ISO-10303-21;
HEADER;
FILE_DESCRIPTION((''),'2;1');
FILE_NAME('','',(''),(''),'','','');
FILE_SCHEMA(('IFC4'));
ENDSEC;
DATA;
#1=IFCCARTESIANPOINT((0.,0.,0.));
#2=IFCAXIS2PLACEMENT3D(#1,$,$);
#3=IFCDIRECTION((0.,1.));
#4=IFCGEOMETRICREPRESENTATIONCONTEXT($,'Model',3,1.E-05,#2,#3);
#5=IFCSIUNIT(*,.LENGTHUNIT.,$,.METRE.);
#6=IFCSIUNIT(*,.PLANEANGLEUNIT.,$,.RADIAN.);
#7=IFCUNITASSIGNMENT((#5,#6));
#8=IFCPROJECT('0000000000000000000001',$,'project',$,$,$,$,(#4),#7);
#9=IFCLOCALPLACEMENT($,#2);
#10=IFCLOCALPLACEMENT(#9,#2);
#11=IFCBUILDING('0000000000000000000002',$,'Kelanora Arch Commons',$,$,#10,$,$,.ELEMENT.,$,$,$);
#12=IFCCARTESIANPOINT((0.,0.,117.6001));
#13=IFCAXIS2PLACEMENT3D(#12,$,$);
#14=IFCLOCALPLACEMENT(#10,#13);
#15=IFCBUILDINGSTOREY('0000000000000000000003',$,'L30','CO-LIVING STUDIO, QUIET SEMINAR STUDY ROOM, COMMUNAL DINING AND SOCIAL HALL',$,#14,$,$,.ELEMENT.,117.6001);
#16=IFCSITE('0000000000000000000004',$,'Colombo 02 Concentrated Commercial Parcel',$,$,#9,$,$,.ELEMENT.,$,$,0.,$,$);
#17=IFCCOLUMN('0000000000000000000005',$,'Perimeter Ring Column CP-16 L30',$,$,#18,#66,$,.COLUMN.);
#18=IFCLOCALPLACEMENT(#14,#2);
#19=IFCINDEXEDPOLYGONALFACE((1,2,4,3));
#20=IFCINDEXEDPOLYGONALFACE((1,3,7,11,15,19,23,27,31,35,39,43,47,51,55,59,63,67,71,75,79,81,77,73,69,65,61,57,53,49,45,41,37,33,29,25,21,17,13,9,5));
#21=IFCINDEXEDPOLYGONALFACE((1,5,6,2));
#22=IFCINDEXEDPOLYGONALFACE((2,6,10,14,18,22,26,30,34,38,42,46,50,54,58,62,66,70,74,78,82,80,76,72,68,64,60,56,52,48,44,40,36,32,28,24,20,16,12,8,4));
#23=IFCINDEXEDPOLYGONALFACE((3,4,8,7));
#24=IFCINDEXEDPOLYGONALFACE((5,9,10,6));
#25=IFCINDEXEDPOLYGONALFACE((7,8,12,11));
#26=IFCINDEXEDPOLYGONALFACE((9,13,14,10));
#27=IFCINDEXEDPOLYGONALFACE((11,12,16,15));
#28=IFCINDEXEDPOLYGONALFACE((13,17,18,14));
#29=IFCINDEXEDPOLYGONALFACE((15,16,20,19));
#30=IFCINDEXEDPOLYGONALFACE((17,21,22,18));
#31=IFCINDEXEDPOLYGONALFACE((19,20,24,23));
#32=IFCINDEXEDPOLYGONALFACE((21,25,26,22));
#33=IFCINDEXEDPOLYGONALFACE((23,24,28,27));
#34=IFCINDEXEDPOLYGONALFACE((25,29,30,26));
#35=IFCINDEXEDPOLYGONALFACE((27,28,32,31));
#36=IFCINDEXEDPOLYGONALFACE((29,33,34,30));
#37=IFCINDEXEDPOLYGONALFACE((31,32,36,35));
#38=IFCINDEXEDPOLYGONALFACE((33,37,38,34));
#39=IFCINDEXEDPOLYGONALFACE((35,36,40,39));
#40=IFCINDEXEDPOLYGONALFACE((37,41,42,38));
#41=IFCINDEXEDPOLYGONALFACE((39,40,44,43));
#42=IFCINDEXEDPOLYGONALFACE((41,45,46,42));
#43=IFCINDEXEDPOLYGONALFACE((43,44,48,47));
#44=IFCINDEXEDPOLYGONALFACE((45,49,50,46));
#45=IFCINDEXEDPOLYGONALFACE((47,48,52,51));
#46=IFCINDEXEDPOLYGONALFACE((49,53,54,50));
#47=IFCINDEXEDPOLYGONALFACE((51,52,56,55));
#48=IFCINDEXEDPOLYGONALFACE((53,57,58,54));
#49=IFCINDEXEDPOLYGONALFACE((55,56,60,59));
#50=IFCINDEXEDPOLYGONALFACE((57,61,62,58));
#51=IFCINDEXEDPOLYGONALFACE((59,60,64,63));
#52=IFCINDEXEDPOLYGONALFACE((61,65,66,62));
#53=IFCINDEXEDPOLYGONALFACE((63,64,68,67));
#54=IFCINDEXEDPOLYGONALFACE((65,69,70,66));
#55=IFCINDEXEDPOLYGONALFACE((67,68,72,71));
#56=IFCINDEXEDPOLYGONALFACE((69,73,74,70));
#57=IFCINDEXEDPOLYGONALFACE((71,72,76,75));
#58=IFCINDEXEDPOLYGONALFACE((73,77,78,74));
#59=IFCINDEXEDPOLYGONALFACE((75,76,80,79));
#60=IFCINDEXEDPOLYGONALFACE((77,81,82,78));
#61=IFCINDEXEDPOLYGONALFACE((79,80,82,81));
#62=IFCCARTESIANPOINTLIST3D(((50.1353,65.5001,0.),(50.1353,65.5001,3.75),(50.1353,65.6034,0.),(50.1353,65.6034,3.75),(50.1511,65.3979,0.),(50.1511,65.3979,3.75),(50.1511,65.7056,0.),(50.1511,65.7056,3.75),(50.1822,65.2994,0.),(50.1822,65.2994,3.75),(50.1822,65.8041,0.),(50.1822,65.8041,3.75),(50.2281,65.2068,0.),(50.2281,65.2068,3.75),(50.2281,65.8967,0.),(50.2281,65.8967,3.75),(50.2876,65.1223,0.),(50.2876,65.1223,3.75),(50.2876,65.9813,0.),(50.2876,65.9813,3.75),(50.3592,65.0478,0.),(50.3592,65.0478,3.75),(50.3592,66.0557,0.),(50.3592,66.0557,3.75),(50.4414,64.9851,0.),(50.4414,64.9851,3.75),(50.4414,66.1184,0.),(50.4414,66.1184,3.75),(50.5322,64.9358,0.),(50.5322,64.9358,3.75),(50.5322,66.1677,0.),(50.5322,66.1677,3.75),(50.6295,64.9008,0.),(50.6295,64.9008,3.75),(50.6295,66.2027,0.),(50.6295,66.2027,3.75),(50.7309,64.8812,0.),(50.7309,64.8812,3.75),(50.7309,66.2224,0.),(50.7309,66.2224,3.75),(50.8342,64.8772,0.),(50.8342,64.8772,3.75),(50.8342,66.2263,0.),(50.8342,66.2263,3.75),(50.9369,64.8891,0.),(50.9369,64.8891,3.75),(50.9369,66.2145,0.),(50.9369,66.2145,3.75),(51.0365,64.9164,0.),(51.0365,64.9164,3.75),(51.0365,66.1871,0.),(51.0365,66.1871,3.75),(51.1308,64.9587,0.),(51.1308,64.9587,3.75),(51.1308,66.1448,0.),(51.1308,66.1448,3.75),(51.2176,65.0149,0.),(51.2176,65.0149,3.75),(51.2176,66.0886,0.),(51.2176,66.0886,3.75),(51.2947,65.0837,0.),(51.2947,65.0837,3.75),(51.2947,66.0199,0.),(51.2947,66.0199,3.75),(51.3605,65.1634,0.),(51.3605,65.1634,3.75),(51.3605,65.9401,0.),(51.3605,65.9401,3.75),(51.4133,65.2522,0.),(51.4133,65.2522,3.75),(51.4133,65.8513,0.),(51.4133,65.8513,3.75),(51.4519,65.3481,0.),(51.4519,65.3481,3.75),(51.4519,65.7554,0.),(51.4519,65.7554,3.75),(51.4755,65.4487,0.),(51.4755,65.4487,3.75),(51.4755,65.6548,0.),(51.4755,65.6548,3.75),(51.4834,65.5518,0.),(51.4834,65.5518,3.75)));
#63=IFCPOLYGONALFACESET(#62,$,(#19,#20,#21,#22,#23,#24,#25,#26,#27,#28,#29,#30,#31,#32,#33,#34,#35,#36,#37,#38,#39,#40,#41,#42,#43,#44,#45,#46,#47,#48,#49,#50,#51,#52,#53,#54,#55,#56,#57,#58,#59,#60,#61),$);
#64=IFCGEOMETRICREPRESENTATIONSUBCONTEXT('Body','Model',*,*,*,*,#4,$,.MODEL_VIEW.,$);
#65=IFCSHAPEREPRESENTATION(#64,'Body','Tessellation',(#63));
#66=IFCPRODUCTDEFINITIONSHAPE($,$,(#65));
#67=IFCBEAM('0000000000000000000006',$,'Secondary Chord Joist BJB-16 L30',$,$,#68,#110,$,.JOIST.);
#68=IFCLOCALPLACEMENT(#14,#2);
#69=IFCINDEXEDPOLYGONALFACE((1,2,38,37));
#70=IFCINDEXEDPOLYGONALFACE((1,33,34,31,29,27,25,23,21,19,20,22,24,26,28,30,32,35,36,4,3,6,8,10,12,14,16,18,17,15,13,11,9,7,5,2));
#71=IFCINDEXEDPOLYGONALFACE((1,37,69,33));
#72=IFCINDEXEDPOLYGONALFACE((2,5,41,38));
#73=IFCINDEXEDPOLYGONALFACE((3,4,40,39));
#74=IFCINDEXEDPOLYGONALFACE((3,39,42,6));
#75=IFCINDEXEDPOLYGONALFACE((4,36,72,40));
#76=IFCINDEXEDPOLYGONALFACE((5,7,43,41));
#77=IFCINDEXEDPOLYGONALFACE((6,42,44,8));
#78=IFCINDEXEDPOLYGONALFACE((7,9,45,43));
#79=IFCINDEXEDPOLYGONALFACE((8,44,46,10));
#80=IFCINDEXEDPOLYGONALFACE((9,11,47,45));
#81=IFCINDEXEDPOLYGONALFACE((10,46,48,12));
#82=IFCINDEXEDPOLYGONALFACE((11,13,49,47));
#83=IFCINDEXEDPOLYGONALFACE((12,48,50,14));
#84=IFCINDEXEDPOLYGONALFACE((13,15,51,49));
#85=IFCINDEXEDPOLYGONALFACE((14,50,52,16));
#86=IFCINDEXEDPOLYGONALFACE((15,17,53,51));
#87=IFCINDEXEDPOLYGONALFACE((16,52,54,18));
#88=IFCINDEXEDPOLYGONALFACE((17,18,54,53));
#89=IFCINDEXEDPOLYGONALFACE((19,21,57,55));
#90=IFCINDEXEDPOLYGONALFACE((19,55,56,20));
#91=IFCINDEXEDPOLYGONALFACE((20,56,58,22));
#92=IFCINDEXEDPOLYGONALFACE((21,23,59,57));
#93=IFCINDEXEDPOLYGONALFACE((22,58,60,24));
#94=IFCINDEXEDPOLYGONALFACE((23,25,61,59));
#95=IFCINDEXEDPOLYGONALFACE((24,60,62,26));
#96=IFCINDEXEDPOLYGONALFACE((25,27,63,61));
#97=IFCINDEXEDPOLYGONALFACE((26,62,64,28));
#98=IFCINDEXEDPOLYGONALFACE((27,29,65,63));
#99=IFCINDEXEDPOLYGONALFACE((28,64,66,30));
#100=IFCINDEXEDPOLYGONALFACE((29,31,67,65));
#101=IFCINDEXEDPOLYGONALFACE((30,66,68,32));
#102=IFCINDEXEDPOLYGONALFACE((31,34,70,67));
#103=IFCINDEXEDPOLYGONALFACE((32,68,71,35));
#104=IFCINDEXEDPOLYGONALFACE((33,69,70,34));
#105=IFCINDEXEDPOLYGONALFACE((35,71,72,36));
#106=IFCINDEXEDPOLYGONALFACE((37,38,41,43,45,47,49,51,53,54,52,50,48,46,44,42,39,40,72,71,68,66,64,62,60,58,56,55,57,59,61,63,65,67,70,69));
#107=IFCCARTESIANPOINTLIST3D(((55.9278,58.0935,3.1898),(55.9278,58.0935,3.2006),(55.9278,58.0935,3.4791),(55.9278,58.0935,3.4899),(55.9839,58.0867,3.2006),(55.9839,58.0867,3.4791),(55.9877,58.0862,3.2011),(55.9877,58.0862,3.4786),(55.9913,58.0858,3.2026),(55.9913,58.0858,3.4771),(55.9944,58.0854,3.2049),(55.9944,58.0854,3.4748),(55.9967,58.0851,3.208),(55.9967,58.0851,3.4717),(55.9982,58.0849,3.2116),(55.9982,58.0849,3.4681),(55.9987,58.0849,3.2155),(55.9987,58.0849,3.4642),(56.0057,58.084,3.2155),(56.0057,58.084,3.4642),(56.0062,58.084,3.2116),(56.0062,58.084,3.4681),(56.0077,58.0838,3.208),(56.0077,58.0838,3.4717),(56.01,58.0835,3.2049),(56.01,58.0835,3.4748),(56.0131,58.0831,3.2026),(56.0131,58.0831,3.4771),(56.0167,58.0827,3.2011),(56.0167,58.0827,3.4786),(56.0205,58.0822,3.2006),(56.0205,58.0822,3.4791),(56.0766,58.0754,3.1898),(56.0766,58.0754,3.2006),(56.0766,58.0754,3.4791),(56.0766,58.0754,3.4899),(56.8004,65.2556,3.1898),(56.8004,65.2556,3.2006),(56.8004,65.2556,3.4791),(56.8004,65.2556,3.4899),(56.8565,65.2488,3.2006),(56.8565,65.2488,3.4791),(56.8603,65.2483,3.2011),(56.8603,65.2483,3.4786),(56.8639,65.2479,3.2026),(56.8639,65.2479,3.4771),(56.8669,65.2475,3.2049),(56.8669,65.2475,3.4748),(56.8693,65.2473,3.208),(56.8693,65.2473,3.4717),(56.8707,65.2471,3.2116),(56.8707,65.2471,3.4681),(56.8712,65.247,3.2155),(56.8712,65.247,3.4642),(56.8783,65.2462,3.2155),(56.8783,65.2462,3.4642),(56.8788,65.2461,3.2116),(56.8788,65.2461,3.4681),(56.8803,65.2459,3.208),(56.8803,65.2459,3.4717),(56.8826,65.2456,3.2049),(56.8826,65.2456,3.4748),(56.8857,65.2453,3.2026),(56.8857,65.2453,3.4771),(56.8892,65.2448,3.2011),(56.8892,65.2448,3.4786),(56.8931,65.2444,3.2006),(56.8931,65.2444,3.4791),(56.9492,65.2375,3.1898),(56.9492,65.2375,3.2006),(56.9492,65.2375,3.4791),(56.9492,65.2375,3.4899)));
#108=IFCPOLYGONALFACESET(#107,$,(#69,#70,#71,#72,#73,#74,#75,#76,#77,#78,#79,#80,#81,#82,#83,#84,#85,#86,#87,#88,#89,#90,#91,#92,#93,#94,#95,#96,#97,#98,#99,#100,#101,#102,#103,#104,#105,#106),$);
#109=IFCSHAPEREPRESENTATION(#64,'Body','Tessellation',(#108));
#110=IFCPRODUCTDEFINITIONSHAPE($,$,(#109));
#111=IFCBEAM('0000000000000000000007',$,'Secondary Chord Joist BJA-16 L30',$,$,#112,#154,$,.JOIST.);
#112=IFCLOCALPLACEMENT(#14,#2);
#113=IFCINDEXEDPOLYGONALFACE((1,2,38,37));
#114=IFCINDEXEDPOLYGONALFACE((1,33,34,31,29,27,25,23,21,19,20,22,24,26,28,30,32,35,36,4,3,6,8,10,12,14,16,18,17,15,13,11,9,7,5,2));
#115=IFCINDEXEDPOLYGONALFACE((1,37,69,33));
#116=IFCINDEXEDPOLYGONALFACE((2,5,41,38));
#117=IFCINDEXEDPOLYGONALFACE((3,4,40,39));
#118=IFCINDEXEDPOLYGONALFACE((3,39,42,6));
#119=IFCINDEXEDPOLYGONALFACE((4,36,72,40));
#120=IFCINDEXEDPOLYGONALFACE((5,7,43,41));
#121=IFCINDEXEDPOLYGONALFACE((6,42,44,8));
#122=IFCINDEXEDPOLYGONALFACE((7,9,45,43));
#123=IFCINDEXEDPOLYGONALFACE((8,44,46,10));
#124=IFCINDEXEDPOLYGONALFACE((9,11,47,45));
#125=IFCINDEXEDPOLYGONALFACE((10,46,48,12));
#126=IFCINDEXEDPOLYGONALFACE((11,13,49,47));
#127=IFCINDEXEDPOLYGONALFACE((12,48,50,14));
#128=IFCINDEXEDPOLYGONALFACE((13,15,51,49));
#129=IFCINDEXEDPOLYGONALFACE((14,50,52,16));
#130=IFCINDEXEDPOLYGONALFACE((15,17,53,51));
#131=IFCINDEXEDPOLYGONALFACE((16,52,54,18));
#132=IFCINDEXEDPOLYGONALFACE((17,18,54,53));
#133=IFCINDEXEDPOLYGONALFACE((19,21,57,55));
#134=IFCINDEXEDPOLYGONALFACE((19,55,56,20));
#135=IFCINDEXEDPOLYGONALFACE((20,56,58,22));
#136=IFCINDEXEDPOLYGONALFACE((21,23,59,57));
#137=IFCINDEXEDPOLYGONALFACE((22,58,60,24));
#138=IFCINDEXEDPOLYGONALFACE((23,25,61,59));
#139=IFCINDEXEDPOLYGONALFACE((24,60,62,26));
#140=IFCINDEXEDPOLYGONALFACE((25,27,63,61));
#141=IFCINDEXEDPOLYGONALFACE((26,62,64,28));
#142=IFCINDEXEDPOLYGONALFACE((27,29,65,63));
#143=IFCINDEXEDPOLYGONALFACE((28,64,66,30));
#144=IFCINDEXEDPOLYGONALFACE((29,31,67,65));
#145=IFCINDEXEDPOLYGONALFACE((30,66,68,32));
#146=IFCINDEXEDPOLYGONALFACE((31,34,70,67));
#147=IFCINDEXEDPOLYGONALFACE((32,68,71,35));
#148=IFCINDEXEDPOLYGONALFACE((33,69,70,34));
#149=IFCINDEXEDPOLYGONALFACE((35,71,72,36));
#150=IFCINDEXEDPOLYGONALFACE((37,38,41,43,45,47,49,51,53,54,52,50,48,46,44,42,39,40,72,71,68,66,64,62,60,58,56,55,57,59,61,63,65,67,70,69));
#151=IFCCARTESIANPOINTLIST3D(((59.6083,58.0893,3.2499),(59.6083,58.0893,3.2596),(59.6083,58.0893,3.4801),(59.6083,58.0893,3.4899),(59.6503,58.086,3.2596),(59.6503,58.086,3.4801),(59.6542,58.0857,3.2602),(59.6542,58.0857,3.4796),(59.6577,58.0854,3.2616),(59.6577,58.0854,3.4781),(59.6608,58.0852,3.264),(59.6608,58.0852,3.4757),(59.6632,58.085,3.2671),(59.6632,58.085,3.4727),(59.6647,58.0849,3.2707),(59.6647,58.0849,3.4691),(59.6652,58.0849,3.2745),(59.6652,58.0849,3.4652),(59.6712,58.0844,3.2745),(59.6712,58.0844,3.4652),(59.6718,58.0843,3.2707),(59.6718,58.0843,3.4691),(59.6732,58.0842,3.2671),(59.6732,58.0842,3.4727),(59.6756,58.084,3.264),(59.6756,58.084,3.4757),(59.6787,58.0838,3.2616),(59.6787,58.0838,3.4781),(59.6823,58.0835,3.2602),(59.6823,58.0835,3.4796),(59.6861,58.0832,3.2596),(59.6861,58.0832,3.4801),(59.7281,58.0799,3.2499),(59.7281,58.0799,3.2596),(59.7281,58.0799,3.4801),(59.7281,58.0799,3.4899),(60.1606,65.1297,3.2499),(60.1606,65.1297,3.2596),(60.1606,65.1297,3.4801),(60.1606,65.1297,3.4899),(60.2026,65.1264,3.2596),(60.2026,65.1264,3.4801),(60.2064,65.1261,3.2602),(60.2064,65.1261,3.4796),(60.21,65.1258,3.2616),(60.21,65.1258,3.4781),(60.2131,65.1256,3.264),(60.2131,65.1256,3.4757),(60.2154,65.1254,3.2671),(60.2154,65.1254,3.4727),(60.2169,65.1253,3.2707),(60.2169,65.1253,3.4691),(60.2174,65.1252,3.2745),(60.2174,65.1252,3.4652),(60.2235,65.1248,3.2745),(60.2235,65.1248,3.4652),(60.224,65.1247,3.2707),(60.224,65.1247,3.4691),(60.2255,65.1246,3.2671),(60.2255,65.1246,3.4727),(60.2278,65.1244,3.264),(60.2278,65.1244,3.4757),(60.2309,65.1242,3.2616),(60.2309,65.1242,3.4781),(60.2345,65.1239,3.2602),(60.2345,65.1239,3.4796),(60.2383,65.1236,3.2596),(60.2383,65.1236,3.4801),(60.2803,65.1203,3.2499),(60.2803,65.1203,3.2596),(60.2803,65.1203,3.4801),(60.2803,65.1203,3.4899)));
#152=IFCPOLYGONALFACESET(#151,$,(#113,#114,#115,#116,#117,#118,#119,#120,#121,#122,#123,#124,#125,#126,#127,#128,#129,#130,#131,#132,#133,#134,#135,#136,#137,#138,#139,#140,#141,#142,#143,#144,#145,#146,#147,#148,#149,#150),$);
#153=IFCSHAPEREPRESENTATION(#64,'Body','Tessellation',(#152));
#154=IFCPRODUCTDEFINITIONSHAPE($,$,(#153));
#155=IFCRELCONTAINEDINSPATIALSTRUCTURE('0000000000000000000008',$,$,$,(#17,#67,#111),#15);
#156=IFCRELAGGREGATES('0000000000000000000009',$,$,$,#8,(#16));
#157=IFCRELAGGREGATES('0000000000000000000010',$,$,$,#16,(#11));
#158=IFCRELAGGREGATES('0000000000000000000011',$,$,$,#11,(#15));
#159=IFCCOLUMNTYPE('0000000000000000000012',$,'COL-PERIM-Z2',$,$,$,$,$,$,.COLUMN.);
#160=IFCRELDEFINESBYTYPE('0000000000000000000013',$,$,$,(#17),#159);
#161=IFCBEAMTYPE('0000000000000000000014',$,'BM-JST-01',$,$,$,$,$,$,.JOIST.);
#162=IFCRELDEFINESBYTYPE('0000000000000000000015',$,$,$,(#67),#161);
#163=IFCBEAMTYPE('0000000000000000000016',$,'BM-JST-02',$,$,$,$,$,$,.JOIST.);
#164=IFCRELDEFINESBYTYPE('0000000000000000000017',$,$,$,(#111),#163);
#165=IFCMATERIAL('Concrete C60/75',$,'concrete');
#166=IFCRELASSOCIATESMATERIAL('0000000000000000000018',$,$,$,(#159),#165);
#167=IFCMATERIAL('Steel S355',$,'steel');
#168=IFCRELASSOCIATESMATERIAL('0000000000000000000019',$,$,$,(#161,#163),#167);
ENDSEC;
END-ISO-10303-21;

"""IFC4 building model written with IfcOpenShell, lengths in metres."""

from ifc_helpers import new_model, si_unit, direction, frame, origin, origin_2d, place, context, subcontext, project, spatial, circle, i_section, extrude, material, material_profile, profile_set, type_object, element, save


model = new_model("IFC4")

# Units and contexts
model_context = context("Model", 3, precision=1e-05, world=origin(), true_north=direction((0.0, 1.0)))
body_context = subcontext(model_context, "Body", "Model", "MODEL_VIEW")
ifc_project = project(units=[si_unit("LENGTHUNIT", "METRE"), si_unit("PLANEANGLEUNIT", "RADIAN")], contexts=[model_context])

# Site, building, storey
site_placement = place(None, origin())
site = spatial("IfcSite", under=ifc_project, at=site_placement, Name="Colombo 02 Concentrated Commercial Parcel", CompositionType="ELEMENT", RefElevation=0.0)
building_placement = place(site_placement, origin())
building = spatial("IfcBuilding", under=site, at=building_placement, Name="Kelanora Arch Commons", CompositionType="ELEMENT")
storey_placement = place(building_placement, frame((0.0, 0.0, 117.6001)))
storey = spatial("IfcBuildingStorey", under=building, at=storey_placement, Name="L30", Description="CO-LIVING STUDIO, QUIET SEMINAR STUDY ROOM, COMMUNAL DINING AND SOCIAL HALL", CompositionType="ELEMENT", Elevation=117.6001)

# Column
ifc_material_1 = material(Name="Concrete C60/75", Category="concrete")
ifc_material_profile_1 = material_profile(ifc_material_1, circle(Radius=0.675, at=origin_2d()), Name="RCC1350")
ifc_profile_set_1 = profile_set([ifc_material_profile_1], Name="Concrete C60/75")
column_type = type_object("IfcColumnType", Name="COL-PERIM-Z2", PredefinedType="COLUMN", material=ifc_profile_set_1)
column_placement = place(storey_placement, frame((50.8083, 65.5518, 0.0), z_axis=(0.0, 0.0, 1.0), x_axis=(1.0, 0.0, 0.0)))
element("IfcColumn", 1, at=column_placement, inside=storey, type_object=column_type, Name="Perimeter Ring Column CP-16 L30", PredefinedType="COLUMN", context=body_context, shape_type="SweptSolid", body=[
    extrude(circle(Radius=0.675, at=origin_2d()), origin(), (0.0, 0.0, 1.0), 3.75),
])

# Beams
ifc_material_2 = material(Name="Steel S355", Category="steel")
ifc_material_profile_2 = material_profile(ifc_material_2, i_section(OverallWidth=0.1499, OverallDepth=0.3, WebThickness=0.0071, FlangeThickness=0.0107, FilletRadius=0.0149, at=origin_2d()), Name="IPE300")
ifc_profile_set_2 = profile_set([ifc_material_profile_2], Name="Steel S355")
beam_type_1 = type_object("IfcBeamType", Name="BM-JST-01", PredefinedType="JOIST", material=ifc_profile_set_2)
beam_1_placement = place(storey_placement, frame((56.8748, 65.2466, 3.3398), z_axis=(-0.120936, -0.99266, 0.0), x_axis=(0.99266, -0.120936, 0.0)))
element("IfcBeam", 2, at=beam_1_placement, inside=storey, type_object=beam_type_1, Name="Secondary Chord Joist BJB-16 L30", PredefinedType="JOIST", context=body_context, shape_type="SweptSolid", body=[
    extrude(i_section(OverallWidth=0.1499, OverallDepth=0.3, WebThickness=0.0071, FlangeThickness=0.0107, FilletRadius=0.0149, at=origin_2d()), origin(), (0.0, 0.0, 1.0), 7.2151),
])
ifc_material_profile_3 = material_profile(ifc_material_2, i_section(OverallWidth=0.1201, OverallDepth=0.24, WebThickness=0.0061, FlangeThickness=0.0098, FilletRadius=0.0149, at=origin_2d()), Name="IPE240")
ifc_profile_set_3 = profile_set([ifc_material_profile_3], Name="Steel S355")
beam_type_2 = type_object("IfcBeamType", Name="BM-JST-02", PredefinedType="JOIST", material=ifc_profile_set_3)
beam_2_placement = place(storey_placement, frame((60.2205, 65.125, 3.3699), z_axis=(-0.078201, -0.996938, 0.0), x_axis=(0.996938, -0.078201, 0.0)))
element("IfcBeam", 3, at=beam_2_placement, inside=storey, type_object=beam_type_2, Name="Secondary Chord Joist BJA-16 L30", PredefinedType="JOIST", context=body_context, shape_type="SweptSolid", body=[
    extrude(i_section(OverallWidth=0.1201, OverallDepth=0.24, WebThickness=0.0061, FlangeThickness=0.0098, FilletRadius=0.0149, at=origin_2d()), origin(), (0.0, 0.0, 1.0), 7.062),
])

save(model, "model.ifc")
